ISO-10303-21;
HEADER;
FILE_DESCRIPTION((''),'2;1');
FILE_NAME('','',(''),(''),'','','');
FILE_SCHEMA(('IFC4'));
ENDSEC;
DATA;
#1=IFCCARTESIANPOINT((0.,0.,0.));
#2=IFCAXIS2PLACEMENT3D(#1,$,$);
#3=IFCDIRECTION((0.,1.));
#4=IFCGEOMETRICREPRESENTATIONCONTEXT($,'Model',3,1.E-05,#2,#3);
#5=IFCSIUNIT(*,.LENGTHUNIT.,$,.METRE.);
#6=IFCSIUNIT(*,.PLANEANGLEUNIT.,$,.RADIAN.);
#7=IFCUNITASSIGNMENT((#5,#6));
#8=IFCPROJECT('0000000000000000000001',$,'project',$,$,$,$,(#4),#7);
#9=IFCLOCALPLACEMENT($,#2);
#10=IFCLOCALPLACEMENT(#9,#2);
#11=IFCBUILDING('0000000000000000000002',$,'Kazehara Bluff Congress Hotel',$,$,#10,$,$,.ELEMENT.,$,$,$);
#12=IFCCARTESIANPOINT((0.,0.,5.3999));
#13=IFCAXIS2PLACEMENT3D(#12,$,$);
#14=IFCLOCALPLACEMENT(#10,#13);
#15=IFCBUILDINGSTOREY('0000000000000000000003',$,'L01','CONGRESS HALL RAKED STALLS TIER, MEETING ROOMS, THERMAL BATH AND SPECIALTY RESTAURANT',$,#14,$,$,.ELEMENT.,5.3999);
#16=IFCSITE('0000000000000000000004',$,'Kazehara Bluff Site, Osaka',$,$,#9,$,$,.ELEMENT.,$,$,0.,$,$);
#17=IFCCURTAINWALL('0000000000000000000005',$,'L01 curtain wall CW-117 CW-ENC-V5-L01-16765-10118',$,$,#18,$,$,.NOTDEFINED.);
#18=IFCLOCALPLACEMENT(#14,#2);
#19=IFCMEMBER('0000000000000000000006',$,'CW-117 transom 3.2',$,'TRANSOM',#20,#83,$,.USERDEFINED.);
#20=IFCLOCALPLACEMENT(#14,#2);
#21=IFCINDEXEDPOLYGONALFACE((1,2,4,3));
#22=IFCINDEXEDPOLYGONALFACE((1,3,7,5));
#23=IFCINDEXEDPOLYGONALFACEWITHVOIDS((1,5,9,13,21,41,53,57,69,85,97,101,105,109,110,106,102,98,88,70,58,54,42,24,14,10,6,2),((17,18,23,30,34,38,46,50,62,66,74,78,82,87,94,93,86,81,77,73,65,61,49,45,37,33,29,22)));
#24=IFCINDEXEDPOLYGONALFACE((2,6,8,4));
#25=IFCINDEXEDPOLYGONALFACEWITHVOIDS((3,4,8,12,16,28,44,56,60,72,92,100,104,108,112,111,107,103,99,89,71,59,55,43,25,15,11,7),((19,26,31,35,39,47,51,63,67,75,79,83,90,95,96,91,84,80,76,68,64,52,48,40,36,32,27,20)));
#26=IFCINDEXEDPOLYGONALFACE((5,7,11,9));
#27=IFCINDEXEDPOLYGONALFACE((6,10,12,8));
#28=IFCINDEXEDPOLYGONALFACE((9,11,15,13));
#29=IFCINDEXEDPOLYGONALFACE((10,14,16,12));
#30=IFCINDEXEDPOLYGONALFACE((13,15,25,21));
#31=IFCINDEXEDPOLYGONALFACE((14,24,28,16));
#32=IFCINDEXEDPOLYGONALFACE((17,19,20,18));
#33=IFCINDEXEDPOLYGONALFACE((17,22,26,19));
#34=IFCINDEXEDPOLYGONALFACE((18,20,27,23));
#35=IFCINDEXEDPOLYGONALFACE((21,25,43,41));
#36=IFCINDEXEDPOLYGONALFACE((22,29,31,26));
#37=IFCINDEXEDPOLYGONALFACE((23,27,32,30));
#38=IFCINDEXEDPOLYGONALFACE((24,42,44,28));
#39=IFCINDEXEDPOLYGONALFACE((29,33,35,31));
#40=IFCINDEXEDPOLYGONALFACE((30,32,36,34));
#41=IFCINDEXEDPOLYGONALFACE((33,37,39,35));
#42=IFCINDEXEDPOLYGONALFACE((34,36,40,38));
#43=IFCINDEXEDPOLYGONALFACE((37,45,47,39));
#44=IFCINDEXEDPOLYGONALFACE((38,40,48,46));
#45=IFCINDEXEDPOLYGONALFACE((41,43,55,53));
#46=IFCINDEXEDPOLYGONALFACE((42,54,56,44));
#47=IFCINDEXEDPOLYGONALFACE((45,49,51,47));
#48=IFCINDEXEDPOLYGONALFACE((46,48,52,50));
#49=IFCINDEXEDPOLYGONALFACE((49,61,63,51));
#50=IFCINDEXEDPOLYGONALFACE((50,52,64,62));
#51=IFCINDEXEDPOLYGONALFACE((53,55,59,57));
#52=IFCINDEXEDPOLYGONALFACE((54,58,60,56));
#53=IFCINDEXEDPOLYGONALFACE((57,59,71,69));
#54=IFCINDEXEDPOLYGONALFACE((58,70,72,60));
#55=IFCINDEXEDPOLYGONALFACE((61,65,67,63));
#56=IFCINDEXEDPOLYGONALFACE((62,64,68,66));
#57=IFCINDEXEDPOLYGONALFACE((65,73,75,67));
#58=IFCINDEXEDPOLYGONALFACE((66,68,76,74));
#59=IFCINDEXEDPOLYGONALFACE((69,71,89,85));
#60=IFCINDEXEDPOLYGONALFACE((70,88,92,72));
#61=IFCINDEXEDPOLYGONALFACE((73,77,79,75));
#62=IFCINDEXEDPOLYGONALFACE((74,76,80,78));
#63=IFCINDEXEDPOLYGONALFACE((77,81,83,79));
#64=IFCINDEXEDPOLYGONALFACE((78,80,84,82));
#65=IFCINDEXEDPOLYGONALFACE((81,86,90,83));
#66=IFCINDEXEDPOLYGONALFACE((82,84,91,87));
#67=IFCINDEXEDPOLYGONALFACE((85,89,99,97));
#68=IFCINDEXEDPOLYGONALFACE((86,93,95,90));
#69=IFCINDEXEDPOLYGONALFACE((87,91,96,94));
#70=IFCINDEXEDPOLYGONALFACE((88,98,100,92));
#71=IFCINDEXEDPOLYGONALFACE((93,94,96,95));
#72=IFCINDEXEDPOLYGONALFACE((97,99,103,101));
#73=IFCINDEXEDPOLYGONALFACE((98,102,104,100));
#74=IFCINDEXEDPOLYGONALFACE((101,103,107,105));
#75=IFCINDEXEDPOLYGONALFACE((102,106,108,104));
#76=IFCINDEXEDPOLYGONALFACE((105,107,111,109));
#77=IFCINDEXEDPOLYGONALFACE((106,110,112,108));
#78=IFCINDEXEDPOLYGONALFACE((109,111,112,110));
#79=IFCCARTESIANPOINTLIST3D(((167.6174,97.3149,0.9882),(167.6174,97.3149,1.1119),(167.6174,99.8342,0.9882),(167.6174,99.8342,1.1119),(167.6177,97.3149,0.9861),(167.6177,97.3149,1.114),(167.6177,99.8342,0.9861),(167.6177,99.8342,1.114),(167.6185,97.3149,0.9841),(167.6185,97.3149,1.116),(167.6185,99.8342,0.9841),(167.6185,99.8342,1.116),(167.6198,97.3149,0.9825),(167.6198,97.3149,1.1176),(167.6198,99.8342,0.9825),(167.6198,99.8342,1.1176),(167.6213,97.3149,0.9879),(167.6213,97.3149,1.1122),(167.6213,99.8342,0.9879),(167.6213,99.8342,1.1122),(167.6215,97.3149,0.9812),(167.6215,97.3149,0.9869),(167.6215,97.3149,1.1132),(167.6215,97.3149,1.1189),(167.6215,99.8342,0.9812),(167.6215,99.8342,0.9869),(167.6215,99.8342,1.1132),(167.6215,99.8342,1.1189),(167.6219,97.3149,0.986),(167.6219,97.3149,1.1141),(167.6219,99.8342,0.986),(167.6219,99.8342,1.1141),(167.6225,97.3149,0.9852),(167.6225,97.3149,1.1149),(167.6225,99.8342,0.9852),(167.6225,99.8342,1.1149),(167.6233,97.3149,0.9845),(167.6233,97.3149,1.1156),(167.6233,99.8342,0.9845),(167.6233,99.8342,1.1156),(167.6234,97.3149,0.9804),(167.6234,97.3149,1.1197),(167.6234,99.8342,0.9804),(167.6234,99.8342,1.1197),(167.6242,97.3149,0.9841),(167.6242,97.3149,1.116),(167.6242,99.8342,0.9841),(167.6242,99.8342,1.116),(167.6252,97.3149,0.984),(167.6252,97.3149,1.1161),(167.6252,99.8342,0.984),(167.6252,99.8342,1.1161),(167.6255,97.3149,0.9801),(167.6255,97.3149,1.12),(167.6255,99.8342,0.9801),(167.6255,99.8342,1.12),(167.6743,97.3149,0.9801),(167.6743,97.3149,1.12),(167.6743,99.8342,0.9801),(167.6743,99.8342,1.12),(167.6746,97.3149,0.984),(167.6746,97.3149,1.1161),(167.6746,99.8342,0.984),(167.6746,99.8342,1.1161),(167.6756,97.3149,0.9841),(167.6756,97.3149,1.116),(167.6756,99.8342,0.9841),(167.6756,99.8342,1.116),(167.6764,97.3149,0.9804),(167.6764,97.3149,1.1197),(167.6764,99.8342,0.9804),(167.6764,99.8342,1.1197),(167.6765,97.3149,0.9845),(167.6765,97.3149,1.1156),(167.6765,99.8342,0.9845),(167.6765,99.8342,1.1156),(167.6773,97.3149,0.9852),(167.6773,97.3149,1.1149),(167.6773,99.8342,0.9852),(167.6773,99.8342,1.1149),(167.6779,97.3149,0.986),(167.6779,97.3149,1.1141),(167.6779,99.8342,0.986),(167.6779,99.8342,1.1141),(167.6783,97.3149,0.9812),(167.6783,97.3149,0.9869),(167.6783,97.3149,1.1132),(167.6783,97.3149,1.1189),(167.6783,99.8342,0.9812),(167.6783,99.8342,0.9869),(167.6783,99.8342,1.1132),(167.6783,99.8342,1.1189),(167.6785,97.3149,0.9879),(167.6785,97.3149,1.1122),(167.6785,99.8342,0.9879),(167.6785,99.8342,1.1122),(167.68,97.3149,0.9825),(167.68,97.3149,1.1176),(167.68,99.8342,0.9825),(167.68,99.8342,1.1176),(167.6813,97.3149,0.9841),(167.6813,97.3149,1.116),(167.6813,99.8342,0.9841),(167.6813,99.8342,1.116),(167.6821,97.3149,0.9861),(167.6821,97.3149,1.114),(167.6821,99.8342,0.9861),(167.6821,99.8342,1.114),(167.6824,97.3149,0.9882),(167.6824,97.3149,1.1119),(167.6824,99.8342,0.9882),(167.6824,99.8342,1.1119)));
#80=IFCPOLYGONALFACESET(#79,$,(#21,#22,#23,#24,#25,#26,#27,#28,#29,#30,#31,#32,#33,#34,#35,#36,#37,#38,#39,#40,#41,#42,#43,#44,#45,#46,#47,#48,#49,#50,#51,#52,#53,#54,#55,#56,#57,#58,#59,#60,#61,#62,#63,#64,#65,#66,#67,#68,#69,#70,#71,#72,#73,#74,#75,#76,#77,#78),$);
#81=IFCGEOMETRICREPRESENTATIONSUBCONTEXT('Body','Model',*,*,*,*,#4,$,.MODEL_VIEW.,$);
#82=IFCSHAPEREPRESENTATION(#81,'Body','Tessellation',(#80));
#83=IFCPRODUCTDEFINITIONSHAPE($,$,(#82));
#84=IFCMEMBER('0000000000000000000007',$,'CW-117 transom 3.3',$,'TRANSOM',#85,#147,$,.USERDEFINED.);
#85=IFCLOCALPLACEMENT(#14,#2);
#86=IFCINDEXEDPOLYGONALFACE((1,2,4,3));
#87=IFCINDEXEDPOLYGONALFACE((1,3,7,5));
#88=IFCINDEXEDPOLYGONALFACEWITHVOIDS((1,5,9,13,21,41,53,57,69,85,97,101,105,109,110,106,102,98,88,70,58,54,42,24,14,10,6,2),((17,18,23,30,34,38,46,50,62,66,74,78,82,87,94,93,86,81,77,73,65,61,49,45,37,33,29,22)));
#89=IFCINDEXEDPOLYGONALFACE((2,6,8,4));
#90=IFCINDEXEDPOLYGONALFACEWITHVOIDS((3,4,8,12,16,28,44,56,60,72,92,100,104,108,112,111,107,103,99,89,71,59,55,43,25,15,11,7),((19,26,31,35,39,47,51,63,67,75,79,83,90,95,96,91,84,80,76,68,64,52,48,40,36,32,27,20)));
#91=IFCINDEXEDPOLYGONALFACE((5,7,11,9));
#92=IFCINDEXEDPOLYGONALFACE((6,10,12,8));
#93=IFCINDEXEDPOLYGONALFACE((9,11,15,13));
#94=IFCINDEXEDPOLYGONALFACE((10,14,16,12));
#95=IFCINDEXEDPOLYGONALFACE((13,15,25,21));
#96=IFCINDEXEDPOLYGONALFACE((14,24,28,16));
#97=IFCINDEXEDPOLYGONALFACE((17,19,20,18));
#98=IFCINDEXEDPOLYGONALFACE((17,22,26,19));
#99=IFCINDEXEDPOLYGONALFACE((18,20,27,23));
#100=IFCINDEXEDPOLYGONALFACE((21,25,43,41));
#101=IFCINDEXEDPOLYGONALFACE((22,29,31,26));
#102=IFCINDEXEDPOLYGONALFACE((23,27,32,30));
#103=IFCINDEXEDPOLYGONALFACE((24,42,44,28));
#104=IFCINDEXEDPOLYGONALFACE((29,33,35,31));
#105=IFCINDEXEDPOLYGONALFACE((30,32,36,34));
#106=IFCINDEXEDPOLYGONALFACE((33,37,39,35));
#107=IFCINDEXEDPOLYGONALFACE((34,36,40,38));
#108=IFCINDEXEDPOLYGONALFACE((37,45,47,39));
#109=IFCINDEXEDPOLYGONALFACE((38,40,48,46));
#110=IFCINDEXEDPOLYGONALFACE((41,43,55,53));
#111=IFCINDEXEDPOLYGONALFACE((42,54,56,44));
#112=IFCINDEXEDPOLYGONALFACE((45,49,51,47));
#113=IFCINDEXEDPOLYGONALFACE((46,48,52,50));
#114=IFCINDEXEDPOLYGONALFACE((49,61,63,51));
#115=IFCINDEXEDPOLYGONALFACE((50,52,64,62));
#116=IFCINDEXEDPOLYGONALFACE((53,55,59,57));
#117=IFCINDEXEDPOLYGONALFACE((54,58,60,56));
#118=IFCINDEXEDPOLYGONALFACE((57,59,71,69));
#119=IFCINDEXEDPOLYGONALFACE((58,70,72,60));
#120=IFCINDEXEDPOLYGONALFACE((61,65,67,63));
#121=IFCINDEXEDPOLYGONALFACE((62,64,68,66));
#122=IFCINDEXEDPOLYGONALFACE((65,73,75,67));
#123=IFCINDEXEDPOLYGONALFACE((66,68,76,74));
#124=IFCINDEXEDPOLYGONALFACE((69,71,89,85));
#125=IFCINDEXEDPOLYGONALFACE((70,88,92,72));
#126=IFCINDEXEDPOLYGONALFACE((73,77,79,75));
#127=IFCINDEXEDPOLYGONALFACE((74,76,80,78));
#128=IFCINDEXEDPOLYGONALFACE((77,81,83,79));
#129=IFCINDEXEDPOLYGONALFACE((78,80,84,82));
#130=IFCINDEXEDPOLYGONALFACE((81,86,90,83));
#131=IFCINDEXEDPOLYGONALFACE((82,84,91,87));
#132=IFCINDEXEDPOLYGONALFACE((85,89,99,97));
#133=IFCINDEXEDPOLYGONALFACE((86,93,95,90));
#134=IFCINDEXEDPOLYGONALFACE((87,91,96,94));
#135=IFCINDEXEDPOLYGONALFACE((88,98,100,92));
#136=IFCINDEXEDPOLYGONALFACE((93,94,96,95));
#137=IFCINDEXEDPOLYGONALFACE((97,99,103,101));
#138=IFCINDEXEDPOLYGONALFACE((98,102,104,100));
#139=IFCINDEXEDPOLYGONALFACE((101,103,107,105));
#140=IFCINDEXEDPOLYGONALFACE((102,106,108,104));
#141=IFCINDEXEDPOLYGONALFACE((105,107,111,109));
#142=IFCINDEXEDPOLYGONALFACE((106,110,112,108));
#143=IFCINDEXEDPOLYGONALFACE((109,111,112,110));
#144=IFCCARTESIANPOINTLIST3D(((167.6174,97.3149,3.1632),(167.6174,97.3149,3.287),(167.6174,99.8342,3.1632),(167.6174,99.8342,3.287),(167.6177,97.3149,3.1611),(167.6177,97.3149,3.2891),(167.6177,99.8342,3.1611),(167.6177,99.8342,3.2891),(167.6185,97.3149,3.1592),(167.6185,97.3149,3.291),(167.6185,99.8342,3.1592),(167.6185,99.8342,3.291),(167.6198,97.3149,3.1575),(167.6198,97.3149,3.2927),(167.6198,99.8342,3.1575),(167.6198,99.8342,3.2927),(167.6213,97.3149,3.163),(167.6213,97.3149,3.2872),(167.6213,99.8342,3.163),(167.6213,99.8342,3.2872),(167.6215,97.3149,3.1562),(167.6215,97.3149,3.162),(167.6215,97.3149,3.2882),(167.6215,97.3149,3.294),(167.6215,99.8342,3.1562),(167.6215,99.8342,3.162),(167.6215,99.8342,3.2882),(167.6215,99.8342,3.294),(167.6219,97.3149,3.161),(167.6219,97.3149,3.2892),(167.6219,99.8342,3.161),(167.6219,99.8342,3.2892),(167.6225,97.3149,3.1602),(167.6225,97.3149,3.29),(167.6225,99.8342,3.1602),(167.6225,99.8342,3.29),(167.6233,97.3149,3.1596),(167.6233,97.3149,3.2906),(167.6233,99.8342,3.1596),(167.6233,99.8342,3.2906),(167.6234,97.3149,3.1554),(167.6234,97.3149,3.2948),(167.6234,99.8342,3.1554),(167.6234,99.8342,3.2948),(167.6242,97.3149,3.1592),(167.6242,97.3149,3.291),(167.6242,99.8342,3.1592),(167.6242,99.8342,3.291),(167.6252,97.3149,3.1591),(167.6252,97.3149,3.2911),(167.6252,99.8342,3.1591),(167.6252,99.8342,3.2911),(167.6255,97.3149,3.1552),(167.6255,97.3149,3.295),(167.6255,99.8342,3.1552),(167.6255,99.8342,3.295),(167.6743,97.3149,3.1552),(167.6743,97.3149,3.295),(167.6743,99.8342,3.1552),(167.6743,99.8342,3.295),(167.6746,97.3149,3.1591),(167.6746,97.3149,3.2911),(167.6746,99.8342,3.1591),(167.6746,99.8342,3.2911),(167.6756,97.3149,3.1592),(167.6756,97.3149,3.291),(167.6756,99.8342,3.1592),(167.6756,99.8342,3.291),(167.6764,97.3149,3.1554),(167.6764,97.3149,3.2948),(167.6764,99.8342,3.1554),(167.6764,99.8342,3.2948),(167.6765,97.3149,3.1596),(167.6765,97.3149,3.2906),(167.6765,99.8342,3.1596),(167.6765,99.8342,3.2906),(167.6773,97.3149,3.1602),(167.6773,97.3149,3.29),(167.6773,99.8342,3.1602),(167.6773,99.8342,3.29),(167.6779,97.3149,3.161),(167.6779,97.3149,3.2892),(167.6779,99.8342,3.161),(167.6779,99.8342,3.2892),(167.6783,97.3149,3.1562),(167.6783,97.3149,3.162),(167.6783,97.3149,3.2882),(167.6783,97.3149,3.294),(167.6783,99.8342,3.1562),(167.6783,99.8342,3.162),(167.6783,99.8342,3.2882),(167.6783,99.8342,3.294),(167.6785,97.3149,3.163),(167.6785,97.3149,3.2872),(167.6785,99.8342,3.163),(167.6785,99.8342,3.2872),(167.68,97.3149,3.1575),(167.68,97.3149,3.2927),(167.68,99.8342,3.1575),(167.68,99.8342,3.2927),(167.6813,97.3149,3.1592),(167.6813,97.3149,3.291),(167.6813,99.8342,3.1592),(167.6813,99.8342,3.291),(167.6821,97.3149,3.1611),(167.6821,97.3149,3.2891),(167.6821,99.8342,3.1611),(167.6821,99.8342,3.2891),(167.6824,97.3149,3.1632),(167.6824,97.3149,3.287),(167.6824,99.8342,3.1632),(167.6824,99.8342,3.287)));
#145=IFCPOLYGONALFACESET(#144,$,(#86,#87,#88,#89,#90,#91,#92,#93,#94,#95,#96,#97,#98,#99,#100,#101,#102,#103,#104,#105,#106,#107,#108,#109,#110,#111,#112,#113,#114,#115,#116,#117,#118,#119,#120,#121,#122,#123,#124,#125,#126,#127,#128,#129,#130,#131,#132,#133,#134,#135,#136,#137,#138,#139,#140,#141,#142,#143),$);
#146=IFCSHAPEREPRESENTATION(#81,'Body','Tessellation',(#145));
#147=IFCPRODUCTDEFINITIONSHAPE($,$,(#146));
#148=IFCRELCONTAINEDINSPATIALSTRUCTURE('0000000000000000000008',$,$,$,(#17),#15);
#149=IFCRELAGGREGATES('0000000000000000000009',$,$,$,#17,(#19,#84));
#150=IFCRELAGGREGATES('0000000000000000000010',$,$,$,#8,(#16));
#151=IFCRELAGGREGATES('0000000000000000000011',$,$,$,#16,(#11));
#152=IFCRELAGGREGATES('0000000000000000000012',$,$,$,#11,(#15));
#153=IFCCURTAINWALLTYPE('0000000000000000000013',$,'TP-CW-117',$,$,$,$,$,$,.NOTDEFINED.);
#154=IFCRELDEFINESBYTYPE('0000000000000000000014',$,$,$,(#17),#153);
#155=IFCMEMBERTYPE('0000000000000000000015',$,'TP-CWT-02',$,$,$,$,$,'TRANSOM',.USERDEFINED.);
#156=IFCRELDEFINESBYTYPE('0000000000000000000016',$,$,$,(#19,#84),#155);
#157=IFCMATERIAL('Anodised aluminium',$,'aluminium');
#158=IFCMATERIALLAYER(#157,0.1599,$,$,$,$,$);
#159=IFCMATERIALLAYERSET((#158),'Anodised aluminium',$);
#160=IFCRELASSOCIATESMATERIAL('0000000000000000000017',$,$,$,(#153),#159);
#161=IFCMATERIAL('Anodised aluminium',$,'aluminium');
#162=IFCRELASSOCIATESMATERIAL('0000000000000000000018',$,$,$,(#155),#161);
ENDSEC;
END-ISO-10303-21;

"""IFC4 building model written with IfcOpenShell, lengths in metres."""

from ifc_helpers import new_model, si_unit, direction, frame, origin, origin_2d, place, context, subcontext, project, spatial, hollow_rectangle, extrude, material, layer, layer_set, material_profile, profile_set, type_object, element, aggregate, save


model = new_model("IFC4")

# Units and contexts
model_context = context("Model", 3, precision=1e-05, world=origin(), true_north=direction((0.0, 1.0)))
body_context = subcontext(model_context, "Body", "Model", "MODEL_VIEW")
ifc_project = project(units=[si_unit("LENGTHUNIT", "METRE"), si_unit("PLANEANGLEUNIT", "RADIAN")], contexts=[model_context])

# Site, building, storey
site_placement = place(None, origin())
site = spatial("IfcSite", under=ifc_project, at=site_placement, Name="Kazehara Bluff Site, Osaka", CompositionType="ELEMENT", RefElevation=0.0)
building_placement = place(site_placement, origin())
building = spatial("IfcBuilding", under=site, at=building_placement, Name="Kazehara Bluff Congress Hotel", CompositionType="ELEMENT")
storey_placement = place(building_placement, frame((0.0, 0.0, 5.3999)))
storey = spatial("IfcBuildingStorey", under=building, at=storey_placement, Name="L01", Description="CONGRESS HALL RAKED STALLS TIER, MEETING ROOMS, THERMAL BATH AND SPECIALTY RESTAURANT", CompositionType="ELEMENT", Elevation=5.3999)

# Curtain wall
ifc_material_1 = material(Name="Anodised aluminium", Category="aluminium")
ifc_layer_1 = layer(ifc_material_1, 0.1599)
ifc_layer_set_1 = layer_set([ifc_layer_1], Name="Anodised aluminium")
curtain_wall_type_1 = type_object("IfcCurtainWallType", Name="TP-CW-117", PredefinedType="NOTDEFINED", material=ifc_layer_set_1)
curtain_wall_1_placement = place(storey_placement, origin())
curtain_wall_1 = element("IfcCurtainWall", 1, at=curtain_wall_1_placement, inside=storey, type_object=curtain_wall_type_1, Name="L01 curtain wall CW-117 CW-ENC-V5-L01-16765-10118", PredefinedType="NOTDEFINED")

# Members
ifc_material_2 = material(Name="Anodised aluminium", Category="aluminium")
ifc_material_profile_1 = material_profile(ifc_material_2, hollow_rectangle(XDim=0.0649, YDim=0.1399, WallThickness=0.0039, InnerFilletRadius=0.0039, OuterFilletRadius=0.0081, at=origin_2d()))
ifc_profile_set_1 = profile_set([ifc_material_profile_1], Name="Anodised aluminium")
member_type_1 = type_object("IfcMemberType", Name="TP-CWT-02", ElementType="TRANSOM", PredefinedType="USERDEFINED", material=ifc_profile_set_1)
member_1_placement = place(storey_placement, frame((167.6499, 99.8342, 1.05), z_axis=(0.0, -1.0, 0.0), x_axis=(1.0, 0.0, 0.0)))
member_1 = element("IfcMember", 2, at=member_1_placement, type_object=member_type_1, Name="CW-117 transom 3.2", ObjectType="TRANSOM", PredefinedType="USERDEFINED", context=body_context, shape_type="SweptSolid", body=[
    extrude(hollow_rectangle(XDim=0.0649, YDim=0.1399, WallThickness=0.0039, InnerFilletRadius=0.0039, OuterFilletRadius=0.0081, at=origin_2d()), origin(), (0.0, 0.0, 1.0), 2.5193),
])
member_2_placement = place(storey_placement, frame((167.6499, 99.8342, 3.2251), z_axis=(0.0, -1.0, 0.0), x_axis=(1.0, 0.0, 0.0)))
member_2 = element("IfcMember", 3, at=member_2_placement, type_object=member_type_1, Name="CW-117 transom 3.3", ObjectType="TRANSOM", PredefinedType="USERDEFINED", context=body_context, shape_type="SweptSolid", body=[
    extrude(hollow_rectangle(XDim=0.0649, YDim=0.1399, WallThickness=0.0039, InnerFilletRadius=0.0039, OuterFilletRadius=0.0081, at=origin_2d()), origin(), (0.0, 0.0, 1.0), 2.5193),
])

aggregate(curtain_wall_1, [member_1, member_2])

save(model, "model.ifc")
